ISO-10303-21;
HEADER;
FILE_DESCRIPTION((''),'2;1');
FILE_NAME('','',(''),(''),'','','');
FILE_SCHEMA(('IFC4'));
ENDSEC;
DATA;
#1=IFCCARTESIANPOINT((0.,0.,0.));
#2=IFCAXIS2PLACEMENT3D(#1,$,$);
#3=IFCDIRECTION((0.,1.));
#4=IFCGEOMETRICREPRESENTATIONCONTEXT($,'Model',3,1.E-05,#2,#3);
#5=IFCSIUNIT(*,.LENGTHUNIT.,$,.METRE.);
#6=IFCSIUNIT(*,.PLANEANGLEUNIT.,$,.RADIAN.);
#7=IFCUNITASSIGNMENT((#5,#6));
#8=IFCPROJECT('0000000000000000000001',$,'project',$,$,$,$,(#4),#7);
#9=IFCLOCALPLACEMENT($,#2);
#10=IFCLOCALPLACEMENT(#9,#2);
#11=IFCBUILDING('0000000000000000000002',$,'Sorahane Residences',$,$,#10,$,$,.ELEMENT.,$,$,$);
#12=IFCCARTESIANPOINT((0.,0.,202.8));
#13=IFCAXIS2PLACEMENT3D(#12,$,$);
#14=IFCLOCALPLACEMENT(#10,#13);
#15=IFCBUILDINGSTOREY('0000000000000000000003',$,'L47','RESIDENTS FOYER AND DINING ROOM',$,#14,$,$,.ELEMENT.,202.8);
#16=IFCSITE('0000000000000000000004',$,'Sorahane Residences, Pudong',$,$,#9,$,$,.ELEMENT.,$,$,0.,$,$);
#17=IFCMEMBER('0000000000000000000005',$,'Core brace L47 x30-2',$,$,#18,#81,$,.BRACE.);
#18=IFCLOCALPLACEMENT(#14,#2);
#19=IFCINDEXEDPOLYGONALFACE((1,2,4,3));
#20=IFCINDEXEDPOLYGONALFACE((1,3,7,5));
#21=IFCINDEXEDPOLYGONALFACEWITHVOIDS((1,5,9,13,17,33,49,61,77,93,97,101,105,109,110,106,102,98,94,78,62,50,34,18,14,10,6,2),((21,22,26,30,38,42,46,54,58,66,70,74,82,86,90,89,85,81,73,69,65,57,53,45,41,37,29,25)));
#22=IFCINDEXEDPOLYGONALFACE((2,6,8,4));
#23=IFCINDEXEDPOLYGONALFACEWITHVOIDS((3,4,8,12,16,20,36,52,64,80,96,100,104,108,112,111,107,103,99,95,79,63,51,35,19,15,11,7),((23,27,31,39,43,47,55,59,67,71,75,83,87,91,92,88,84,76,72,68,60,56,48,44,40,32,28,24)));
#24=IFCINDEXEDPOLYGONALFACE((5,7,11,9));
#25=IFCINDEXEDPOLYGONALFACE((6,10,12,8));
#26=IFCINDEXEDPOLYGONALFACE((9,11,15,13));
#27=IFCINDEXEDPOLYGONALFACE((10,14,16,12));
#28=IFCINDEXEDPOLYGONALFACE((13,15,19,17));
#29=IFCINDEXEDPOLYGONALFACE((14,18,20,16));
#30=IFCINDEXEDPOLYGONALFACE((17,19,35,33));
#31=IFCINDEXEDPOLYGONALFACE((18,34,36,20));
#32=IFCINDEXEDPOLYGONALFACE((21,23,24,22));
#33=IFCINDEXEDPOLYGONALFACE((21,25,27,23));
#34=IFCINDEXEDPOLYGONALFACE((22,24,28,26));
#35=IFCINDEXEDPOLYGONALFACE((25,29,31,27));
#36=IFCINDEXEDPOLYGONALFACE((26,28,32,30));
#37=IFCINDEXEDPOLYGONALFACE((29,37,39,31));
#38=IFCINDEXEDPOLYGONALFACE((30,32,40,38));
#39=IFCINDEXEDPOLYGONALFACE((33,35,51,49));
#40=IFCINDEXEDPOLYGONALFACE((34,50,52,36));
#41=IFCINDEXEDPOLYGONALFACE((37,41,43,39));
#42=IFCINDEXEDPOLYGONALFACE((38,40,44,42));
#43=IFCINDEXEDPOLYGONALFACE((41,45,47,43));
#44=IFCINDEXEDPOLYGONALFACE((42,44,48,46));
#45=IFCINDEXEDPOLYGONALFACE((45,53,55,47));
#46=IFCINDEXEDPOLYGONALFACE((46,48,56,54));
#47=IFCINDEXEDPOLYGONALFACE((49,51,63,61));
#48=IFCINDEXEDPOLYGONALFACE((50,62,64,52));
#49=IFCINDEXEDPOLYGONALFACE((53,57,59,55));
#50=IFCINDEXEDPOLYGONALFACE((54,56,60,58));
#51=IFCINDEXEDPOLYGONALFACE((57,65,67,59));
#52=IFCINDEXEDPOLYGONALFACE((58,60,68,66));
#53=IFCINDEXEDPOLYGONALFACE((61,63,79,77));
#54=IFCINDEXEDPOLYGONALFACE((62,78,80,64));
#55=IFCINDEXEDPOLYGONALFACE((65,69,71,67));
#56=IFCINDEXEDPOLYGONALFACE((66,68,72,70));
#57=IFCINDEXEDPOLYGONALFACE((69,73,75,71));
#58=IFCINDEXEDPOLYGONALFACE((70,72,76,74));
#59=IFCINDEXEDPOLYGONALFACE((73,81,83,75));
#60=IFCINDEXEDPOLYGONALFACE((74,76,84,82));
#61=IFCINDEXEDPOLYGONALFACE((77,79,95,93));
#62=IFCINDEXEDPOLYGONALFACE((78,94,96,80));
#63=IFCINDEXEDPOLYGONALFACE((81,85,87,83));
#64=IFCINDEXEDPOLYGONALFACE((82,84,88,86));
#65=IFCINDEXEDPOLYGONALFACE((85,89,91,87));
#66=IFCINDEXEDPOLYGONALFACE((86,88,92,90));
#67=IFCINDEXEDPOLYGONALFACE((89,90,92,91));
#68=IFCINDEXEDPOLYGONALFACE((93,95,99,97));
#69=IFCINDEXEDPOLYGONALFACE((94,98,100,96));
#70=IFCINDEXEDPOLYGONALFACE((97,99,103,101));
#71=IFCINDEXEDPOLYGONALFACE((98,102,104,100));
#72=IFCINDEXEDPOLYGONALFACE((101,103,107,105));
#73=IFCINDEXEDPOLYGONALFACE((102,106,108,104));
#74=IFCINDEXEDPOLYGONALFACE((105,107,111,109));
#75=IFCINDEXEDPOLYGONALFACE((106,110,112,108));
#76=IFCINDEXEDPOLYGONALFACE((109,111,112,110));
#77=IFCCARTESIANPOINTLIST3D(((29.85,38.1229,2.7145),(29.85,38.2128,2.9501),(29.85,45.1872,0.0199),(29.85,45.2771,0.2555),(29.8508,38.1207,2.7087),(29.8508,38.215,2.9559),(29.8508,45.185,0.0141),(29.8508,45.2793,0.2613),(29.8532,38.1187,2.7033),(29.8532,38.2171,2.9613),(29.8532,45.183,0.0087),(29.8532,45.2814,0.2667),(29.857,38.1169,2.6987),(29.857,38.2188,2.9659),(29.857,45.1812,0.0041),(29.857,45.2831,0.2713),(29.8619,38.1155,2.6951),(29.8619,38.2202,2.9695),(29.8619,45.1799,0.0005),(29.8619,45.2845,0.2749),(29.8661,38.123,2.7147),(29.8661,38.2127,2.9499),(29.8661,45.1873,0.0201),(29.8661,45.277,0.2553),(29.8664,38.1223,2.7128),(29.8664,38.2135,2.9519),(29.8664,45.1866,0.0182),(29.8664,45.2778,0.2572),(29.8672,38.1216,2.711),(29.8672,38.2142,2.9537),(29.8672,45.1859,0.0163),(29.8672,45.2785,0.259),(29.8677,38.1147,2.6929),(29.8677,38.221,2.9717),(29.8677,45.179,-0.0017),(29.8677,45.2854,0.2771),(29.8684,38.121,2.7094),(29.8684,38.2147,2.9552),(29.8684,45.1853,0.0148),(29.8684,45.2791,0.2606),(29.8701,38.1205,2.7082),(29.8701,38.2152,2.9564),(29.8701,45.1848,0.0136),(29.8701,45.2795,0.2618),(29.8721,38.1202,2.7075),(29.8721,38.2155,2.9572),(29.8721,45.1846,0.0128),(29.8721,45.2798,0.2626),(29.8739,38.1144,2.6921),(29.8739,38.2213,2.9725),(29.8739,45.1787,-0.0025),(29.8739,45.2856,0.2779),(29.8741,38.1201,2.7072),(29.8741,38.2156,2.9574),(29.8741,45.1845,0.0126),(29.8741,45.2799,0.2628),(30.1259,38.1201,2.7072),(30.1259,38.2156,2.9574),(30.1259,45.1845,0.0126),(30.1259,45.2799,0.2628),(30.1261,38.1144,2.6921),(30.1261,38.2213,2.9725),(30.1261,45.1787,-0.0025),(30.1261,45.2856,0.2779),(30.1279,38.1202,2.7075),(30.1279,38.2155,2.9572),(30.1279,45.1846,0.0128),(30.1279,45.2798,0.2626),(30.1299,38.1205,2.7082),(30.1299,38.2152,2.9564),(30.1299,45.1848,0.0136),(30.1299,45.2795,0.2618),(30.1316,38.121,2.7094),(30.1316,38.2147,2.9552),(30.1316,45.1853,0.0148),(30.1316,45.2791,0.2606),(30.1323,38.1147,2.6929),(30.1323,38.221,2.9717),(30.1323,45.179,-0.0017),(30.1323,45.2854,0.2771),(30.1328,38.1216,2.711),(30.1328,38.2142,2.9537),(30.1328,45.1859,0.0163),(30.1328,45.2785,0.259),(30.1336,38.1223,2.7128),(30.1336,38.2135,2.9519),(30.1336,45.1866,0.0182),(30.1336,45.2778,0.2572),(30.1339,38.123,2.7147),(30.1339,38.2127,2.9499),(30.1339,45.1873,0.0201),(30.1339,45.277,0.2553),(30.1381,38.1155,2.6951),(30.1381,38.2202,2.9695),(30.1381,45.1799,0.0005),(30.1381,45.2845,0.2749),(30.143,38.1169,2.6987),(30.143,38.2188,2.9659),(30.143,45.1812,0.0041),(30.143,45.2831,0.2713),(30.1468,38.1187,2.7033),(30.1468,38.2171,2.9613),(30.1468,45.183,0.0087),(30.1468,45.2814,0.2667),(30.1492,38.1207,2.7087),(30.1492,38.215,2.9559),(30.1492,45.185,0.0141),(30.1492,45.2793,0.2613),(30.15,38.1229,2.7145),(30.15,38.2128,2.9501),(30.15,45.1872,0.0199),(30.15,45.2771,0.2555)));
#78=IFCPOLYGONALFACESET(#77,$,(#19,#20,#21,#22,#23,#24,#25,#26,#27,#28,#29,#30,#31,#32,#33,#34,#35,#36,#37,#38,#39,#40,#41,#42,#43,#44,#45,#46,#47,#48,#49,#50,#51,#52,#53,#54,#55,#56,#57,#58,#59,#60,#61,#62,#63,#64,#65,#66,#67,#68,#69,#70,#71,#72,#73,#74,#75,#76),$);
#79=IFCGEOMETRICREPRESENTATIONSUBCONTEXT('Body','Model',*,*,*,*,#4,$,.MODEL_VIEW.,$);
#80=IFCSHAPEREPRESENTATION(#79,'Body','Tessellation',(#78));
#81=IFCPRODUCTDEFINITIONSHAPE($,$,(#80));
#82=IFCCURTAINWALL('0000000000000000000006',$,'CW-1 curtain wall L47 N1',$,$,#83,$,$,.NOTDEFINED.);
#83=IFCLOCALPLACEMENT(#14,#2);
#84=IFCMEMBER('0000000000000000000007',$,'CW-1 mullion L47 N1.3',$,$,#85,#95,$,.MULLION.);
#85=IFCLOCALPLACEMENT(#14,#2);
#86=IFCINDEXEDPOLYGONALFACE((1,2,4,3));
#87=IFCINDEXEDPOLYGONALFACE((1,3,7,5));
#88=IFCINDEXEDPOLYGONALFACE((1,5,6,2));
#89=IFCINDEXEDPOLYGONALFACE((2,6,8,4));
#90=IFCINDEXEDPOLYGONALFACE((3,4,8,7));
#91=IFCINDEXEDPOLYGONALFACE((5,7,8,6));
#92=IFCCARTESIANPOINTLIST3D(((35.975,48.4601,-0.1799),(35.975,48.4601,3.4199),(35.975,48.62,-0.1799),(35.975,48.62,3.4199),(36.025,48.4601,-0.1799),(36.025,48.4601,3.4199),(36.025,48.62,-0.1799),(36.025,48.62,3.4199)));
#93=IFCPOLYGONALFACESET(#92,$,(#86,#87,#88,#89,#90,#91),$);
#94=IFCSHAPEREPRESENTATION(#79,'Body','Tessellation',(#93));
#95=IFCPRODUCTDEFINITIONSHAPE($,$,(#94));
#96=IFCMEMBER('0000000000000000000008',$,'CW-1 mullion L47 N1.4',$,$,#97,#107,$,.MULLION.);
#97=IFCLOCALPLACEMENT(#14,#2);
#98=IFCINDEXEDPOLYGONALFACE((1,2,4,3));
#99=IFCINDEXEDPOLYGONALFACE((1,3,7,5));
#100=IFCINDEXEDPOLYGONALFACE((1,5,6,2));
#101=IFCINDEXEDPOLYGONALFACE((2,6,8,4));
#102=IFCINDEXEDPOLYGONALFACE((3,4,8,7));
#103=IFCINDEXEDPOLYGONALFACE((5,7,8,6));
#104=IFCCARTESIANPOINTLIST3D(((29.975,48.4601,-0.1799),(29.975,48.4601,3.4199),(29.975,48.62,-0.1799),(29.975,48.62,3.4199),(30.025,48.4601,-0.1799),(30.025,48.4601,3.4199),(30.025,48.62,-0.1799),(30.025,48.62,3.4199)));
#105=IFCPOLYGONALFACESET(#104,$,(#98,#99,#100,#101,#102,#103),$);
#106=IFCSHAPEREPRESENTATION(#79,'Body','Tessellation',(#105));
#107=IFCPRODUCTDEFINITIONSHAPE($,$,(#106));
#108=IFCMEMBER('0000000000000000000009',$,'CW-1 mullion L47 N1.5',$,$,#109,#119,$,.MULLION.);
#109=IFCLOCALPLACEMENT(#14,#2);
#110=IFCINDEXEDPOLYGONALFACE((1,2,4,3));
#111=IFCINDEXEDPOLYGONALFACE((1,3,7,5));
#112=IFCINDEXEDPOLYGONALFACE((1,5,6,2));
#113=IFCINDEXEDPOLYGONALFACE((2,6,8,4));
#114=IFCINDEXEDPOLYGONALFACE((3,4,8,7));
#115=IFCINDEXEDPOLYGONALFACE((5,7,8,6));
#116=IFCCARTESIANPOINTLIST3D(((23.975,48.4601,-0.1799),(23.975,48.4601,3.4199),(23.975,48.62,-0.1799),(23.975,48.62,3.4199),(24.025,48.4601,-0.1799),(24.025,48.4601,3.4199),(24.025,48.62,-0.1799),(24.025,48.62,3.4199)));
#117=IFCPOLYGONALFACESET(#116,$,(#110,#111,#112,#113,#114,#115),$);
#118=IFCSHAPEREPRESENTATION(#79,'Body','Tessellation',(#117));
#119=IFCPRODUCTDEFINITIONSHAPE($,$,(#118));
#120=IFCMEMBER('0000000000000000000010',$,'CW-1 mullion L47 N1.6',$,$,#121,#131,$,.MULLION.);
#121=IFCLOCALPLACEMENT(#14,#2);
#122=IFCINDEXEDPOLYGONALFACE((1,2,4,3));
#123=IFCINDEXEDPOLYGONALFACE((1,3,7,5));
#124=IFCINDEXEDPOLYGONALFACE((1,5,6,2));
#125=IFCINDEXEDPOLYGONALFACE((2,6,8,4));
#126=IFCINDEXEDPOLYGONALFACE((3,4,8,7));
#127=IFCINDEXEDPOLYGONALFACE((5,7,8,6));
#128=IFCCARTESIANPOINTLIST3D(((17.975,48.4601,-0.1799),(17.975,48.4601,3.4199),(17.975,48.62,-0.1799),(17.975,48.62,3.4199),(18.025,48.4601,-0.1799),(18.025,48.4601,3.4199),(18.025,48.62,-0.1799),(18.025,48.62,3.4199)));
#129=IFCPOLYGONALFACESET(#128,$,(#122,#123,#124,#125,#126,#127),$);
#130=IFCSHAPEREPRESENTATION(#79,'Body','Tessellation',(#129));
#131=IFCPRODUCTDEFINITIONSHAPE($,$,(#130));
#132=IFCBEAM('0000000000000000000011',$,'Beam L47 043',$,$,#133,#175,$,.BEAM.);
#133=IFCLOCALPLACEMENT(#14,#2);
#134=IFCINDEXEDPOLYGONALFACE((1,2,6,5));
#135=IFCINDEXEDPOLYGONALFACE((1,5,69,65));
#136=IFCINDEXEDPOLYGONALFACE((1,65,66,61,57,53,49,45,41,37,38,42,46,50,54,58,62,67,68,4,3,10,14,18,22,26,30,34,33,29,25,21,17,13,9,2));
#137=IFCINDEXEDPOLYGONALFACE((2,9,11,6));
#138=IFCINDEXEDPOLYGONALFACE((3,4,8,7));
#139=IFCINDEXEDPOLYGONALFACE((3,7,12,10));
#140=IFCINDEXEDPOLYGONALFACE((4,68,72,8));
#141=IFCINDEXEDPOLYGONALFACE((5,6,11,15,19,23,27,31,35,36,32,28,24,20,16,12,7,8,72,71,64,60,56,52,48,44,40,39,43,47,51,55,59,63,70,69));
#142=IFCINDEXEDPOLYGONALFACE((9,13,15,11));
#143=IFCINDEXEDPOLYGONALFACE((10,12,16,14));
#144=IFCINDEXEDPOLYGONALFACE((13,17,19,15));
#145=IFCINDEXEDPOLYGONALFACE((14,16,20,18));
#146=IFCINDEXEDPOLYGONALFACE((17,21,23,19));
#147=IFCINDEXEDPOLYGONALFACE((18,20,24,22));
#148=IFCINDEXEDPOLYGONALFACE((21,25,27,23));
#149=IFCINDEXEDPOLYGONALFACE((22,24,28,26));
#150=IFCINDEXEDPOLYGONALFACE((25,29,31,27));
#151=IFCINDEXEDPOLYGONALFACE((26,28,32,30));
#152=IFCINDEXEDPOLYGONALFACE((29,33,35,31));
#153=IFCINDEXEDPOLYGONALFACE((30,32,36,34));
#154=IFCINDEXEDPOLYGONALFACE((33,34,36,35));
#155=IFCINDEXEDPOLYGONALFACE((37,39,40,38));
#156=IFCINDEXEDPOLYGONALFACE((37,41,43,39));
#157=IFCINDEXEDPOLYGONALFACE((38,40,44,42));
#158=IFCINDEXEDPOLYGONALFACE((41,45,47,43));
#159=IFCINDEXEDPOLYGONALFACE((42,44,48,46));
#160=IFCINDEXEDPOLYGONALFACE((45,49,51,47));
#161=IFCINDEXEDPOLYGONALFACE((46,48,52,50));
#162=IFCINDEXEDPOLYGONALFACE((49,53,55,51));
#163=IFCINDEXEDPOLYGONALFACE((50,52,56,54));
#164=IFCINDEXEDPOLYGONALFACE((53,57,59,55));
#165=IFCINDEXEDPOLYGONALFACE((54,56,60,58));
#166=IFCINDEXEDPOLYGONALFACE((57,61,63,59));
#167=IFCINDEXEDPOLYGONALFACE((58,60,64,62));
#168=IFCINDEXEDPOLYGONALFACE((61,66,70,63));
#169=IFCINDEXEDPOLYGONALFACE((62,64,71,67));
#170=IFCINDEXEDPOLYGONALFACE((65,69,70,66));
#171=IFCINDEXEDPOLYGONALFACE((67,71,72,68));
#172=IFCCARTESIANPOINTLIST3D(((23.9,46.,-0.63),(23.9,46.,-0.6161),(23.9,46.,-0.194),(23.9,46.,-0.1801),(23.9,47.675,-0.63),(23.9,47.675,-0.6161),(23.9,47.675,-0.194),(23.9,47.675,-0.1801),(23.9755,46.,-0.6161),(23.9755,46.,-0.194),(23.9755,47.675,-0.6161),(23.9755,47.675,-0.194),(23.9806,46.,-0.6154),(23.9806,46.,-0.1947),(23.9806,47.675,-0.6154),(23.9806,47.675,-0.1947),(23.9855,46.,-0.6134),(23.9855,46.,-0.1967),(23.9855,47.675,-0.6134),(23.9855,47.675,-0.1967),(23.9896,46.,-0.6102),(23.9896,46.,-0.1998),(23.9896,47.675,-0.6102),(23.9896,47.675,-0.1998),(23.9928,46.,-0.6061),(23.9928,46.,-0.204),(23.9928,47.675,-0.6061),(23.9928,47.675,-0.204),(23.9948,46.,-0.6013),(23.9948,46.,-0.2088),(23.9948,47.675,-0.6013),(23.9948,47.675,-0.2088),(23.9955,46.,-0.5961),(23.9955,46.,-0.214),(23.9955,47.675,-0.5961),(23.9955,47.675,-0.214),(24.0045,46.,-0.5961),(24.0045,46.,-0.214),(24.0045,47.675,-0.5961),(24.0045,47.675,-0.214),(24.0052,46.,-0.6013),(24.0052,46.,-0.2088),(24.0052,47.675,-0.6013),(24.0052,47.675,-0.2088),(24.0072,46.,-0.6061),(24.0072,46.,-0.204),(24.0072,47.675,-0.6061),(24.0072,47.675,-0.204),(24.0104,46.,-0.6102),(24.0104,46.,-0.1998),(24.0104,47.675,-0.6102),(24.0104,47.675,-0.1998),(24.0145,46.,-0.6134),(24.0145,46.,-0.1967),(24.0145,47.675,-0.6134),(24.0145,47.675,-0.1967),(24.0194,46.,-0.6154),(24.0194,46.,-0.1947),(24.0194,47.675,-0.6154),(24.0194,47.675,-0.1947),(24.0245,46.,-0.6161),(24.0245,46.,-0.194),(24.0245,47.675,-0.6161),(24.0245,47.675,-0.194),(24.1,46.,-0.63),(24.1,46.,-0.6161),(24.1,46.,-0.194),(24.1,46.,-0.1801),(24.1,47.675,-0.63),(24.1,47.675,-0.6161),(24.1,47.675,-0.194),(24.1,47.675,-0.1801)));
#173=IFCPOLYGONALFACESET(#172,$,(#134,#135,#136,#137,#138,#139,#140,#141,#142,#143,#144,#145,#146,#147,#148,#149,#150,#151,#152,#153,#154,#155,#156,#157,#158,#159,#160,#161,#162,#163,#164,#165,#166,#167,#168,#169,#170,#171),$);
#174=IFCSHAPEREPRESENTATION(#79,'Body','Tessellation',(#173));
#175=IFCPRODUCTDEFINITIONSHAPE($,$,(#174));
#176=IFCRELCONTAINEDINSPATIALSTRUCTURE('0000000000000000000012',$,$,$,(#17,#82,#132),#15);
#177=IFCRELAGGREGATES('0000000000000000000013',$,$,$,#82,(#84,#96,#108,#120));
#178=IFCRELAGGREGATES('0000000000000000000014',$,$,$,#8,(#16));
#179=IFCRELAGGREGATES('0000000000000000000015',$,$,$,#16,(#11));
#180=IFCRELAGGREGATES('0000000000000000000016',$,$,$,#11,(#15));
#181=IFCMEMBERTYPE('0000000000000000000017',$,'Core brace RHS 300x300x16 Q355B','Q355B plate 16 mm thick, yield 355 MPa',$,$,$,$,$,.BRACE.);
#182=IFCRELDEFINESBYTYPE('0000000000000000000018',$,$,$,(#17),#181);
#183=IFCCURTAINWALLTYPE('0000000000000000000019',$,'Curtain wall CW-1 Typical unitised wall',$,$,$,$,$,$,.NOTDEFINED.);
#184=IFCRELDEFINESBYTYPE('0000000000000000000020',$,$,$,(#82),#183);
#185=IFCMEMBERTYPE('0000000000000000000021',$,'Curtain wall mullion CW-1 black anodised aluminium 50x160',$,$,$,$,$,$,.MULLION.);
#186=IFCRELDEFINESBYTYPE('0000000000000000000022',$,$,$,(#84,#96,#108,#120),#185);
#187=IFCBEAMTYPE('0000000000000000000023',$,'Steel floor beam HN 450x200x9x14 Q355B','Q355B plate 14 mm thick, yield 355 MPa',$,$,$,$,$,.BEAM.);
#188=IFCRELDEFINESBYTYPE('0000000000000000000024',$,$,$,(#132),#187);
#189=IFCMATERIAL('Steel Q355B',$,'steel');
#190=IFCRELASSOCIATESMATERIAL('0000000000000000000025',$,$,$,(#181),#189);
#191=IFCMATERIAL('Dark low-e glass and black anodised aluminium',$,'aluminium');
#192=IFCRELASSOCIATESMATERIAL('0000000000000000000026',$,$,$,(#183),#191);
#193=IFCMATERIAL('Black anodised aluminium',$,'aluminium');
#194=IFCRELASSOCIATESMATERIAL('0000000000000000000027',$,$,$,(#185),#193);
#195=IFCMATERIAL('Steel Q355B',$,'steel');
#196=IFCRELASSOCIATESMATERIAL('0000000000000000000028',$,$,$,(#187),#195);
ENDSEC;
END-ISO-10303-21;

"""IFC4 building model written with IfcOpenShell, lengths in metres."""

from ifc_helpers import new_model, si_unit, direction, frame, origin, origin_2d, place, context, subcontext, project, spatial, rectangle, hollow_rectangle, i_section, extrude, material, material_profile, profile_set, type_object, element, aggregate, save


model = new_model("IFC4")

# Units and contexts
model_context = context("Model", 3, precision=1e-05, world=origin(), true_north=direction((0.0, 1.0)))
body_context = subcontext(model_context, "Body", "Model", "MODEL_VIEW")
ifc_project = project(units=[si_unit("LENGTHUNIT", "METRE"), si_unit("PLANEANGLEUNIT", "RADIAN")], contexts=[model_context])

# Site, building, storey
site_placement = place(None, origin())
site = spatial("IfcSite", under=ifc_project, at=site_placement, Name="Sorahane Residences, Pudong", CompositionType="ELEMENT", RefElevation=0.0)
building_placement = place(site_placement, origin())
building = spatial("IfcBuilding", under=site, at=building_placement, Name="Sorahane Residences", CompositionType="ELEMENT")
storey_placement = place(building_placement, frame((0.0, 0.0, 202.8)))
storey = spatial("IfcBuildingStorey", under=building, at=storey_placement, Name="L47", Description="RESIDENTS FOYER AND DINING ROOM", CompositionType="ELEMENT", Elevation=202.8)

# Member
ifc_material_1 = material(Name="Steel Q355B", Category="steel")
ifc_material_profile_1 = material_profile(ifc_material_1, hollow_rectangle(XDim=0.3, YDim=0.3, WallThickness=0.0161, InnerFilletRadius=0.0081, OuterFilletRadius=0.0239, at=origin_2d()), Name="RHS 300x300x16")
ifc_profile_set_1 = profile_set([ifc_material_profile_1], Name="Steel Q355B")
member_type_1 = type_object("IfcMemberType", Name="Core brace RHS 300x300x16 Q355B", Description="Q355B plate 16 mm thick, yield 355 MPa", PredefinedType="BRACE", material=ifc_profile_set_1)
member_1_placement = place(storey_placement, frame((30.0, 45.2322, 0.1377), z_axis=(0.0, -0.934336, 0.356394), x_axis=(1.0, 0.0, 0.0)))
element("IfcMember", 1, at=member_1_placement, inside=storey, type_object=member_type_1, Name="Core brace L47 x30-2", PredefinedType="BRACE", context=body_context, shape_type="SweptSolid", body=[
    extrude(hollow_rectangle(XDim=0.3, YDim=0.3, WallThickness=0.0161, InnerFilletRadius=0.0081, OuterFilletRadius=0.0239, at=origin_2d()), origin(), (0.0, 0.0, 1.0), 7.5608),
])

# Curtain wall, members
ifc_material_2 = material(Name="Dark low-e glass and black anodised aluminium", Category="aluminium")
curtain_wall_type = type_object("IfcCurtainWallType", Name="Curtain wall CW-1 Typical unitised wall", PredefinedType="NOTDEFINED", material=ifc_material_2)
curtain_wall_placement = place(storey_placement, origin())
curtain_wall = element("IfcCurtainWall", 2, at=curtain_wall_placement, inside=storey, type_object=curtain_wall_type, Name="CW-1 curtain wall L47 N1", PredefinedType="NOTDEFINED")
ifc_material_3 = material(Name="Black anodised aluminium", Category="aluminium")
ifc_material_profile_2 = material_profile(ifc_material_3, rectangle(XDim=0.1599, YDim=0.05, at=origin_2d()), Name="Curtain wall mullion CW-1 black anodised aluminium 50x160")
ifc_profile_set_2 = profile_set([ifc_material_profile_2], Name="Black anodised aluminium")
member_type_2 = type_object("IfcMemberType", Name="Curtain wall mullion CW-1 black anodised aluminium 50x160", PredefinedType="MULLION", material=ifc_profile_set_2)
member_2_placement = place(storey_placement, frame((36.0, 48.54, -0.1799), z_axis=(0.0, 0.0, 1.0), x_axis=(0.0, 1.0, 0.0)))
member_2 = element("IfcMember", 3, at=member_2_placement, type_object=member_type_2, Name="CW-1 mullion L47 N1.3", PredefinedType="MULLION", context=body_context, shape_type="SweptSolid", body=[
    extrude(rectangle(XDim=0.1599, YDim=0.05, at=origin_2d()), origin(), (0.0, 0.0, 1.0), 3.5999),
])
member_3_placement = place(storey_placement, frame((30.0, 48.54, -0.1799), z_axis=(0.0, 0.0, 1.0), x_axis=(0.0, 1.0, 0.0)))
member_3 = element("IfcMember", 4, at=member_3_placement, type_object=member_type_2, Name="CW-1 mullion L47 N1.4", PredefinedType="MULLION", context=body_context, shape_type="SweptSolid", body=[
    extrude(rectangle(XDim=0.1599, YDim=0.05, at=origin_2d()), origin(), (0.0, 0.0, 1.0), 3.5999),
])
member_4_placement = place(storey_placement, frame((24.0, 48.54, -0.1799), z_axis=(0.0, 0.0, 1.0), x_axis=(0.0, 1.0, 0.0)))
member_4 = element("IfcMember", 5, at=member_4_placement, type_object=member_type_2, Name="CW-1 mullion L47 N1.5", PredefinedType="MULLION", context=body_context, shape_type="SweptSolid", body=[
    extrude(rectangle(XDim=0.1599, YDim=0.05, at=origin_2d()), origin(), (0.0, 0.0, 1.0), 3.5999),
])
member_5_placement = place(storey_placement, frame((18.0, 48.54, -0.1799), z_axis=(0.0, 0.0, 1.0), x_axis=(0.0, 1.0, 0.0)))
member_5 = element("IfcMember", 6, at=member_5_placement, type_object=member_type_2, Name="CW-1 mullion L47 N1.6", PredefinedType="MULLION", context=body_context, shape_type="SweptSolid", body=[
    extrude(rectangle(XDim=0.1599, YDim=0.05, at=origin_2d()), origin(), (0.0, 0.0, 1.0), 3.5999),
])

# Beam
ifc_material_4 = material(Name="Steel Q355B", Category="steel")
ifc_material_profile_3 = material_profile(ifc_material_4, i_section(OverallWidth=0.2, OverallDepth=0.45, WebThickness=0.009, FlangeThickness=0.0139, FilletRadius=0.02, at=origin_2d()), Name="HN 450x200x9x14")
ifc_profile_set_3 = profile_set([ifc_material_profile_3], Name="Steel Q355B")
beam_type_1 = type_object("IfcBeamType", Name="Steel floor beam HN 450x200x9x14 Q355B", Description="Q355B plate 14 mm thick, yield 355 MPa", PredefinedType="BEAM", material=ifc_profile_set_3)
beam_1_placement = place(storey_placement, frame((24.0, 46.0, -0.405), z_axis=(0.0, 1.0, 0.0), x_axis=(-1.0, 0.0, 0.0)))
element("IfcBeam", 7, at=beam_1_placement, inside=storey, type_object=beam_type_1, Name="Beam L47 043", PredefinedType="BEAM", context=body_context, shape_type="SweptSolid", body=[
    extrude(i_section(OverallWidth=0.2, OverallDepth=0.45, WebThickness=0.009, FlangeThickness=0.0139, FilletRadius=0.02, at=origin_2d()), origin(), (0.0, 0.0, 1.0), 1.675),
])

aggregate(curtain_wall, [member_2, member_3, member_4, member_5])

save(model, "model.ifc")
